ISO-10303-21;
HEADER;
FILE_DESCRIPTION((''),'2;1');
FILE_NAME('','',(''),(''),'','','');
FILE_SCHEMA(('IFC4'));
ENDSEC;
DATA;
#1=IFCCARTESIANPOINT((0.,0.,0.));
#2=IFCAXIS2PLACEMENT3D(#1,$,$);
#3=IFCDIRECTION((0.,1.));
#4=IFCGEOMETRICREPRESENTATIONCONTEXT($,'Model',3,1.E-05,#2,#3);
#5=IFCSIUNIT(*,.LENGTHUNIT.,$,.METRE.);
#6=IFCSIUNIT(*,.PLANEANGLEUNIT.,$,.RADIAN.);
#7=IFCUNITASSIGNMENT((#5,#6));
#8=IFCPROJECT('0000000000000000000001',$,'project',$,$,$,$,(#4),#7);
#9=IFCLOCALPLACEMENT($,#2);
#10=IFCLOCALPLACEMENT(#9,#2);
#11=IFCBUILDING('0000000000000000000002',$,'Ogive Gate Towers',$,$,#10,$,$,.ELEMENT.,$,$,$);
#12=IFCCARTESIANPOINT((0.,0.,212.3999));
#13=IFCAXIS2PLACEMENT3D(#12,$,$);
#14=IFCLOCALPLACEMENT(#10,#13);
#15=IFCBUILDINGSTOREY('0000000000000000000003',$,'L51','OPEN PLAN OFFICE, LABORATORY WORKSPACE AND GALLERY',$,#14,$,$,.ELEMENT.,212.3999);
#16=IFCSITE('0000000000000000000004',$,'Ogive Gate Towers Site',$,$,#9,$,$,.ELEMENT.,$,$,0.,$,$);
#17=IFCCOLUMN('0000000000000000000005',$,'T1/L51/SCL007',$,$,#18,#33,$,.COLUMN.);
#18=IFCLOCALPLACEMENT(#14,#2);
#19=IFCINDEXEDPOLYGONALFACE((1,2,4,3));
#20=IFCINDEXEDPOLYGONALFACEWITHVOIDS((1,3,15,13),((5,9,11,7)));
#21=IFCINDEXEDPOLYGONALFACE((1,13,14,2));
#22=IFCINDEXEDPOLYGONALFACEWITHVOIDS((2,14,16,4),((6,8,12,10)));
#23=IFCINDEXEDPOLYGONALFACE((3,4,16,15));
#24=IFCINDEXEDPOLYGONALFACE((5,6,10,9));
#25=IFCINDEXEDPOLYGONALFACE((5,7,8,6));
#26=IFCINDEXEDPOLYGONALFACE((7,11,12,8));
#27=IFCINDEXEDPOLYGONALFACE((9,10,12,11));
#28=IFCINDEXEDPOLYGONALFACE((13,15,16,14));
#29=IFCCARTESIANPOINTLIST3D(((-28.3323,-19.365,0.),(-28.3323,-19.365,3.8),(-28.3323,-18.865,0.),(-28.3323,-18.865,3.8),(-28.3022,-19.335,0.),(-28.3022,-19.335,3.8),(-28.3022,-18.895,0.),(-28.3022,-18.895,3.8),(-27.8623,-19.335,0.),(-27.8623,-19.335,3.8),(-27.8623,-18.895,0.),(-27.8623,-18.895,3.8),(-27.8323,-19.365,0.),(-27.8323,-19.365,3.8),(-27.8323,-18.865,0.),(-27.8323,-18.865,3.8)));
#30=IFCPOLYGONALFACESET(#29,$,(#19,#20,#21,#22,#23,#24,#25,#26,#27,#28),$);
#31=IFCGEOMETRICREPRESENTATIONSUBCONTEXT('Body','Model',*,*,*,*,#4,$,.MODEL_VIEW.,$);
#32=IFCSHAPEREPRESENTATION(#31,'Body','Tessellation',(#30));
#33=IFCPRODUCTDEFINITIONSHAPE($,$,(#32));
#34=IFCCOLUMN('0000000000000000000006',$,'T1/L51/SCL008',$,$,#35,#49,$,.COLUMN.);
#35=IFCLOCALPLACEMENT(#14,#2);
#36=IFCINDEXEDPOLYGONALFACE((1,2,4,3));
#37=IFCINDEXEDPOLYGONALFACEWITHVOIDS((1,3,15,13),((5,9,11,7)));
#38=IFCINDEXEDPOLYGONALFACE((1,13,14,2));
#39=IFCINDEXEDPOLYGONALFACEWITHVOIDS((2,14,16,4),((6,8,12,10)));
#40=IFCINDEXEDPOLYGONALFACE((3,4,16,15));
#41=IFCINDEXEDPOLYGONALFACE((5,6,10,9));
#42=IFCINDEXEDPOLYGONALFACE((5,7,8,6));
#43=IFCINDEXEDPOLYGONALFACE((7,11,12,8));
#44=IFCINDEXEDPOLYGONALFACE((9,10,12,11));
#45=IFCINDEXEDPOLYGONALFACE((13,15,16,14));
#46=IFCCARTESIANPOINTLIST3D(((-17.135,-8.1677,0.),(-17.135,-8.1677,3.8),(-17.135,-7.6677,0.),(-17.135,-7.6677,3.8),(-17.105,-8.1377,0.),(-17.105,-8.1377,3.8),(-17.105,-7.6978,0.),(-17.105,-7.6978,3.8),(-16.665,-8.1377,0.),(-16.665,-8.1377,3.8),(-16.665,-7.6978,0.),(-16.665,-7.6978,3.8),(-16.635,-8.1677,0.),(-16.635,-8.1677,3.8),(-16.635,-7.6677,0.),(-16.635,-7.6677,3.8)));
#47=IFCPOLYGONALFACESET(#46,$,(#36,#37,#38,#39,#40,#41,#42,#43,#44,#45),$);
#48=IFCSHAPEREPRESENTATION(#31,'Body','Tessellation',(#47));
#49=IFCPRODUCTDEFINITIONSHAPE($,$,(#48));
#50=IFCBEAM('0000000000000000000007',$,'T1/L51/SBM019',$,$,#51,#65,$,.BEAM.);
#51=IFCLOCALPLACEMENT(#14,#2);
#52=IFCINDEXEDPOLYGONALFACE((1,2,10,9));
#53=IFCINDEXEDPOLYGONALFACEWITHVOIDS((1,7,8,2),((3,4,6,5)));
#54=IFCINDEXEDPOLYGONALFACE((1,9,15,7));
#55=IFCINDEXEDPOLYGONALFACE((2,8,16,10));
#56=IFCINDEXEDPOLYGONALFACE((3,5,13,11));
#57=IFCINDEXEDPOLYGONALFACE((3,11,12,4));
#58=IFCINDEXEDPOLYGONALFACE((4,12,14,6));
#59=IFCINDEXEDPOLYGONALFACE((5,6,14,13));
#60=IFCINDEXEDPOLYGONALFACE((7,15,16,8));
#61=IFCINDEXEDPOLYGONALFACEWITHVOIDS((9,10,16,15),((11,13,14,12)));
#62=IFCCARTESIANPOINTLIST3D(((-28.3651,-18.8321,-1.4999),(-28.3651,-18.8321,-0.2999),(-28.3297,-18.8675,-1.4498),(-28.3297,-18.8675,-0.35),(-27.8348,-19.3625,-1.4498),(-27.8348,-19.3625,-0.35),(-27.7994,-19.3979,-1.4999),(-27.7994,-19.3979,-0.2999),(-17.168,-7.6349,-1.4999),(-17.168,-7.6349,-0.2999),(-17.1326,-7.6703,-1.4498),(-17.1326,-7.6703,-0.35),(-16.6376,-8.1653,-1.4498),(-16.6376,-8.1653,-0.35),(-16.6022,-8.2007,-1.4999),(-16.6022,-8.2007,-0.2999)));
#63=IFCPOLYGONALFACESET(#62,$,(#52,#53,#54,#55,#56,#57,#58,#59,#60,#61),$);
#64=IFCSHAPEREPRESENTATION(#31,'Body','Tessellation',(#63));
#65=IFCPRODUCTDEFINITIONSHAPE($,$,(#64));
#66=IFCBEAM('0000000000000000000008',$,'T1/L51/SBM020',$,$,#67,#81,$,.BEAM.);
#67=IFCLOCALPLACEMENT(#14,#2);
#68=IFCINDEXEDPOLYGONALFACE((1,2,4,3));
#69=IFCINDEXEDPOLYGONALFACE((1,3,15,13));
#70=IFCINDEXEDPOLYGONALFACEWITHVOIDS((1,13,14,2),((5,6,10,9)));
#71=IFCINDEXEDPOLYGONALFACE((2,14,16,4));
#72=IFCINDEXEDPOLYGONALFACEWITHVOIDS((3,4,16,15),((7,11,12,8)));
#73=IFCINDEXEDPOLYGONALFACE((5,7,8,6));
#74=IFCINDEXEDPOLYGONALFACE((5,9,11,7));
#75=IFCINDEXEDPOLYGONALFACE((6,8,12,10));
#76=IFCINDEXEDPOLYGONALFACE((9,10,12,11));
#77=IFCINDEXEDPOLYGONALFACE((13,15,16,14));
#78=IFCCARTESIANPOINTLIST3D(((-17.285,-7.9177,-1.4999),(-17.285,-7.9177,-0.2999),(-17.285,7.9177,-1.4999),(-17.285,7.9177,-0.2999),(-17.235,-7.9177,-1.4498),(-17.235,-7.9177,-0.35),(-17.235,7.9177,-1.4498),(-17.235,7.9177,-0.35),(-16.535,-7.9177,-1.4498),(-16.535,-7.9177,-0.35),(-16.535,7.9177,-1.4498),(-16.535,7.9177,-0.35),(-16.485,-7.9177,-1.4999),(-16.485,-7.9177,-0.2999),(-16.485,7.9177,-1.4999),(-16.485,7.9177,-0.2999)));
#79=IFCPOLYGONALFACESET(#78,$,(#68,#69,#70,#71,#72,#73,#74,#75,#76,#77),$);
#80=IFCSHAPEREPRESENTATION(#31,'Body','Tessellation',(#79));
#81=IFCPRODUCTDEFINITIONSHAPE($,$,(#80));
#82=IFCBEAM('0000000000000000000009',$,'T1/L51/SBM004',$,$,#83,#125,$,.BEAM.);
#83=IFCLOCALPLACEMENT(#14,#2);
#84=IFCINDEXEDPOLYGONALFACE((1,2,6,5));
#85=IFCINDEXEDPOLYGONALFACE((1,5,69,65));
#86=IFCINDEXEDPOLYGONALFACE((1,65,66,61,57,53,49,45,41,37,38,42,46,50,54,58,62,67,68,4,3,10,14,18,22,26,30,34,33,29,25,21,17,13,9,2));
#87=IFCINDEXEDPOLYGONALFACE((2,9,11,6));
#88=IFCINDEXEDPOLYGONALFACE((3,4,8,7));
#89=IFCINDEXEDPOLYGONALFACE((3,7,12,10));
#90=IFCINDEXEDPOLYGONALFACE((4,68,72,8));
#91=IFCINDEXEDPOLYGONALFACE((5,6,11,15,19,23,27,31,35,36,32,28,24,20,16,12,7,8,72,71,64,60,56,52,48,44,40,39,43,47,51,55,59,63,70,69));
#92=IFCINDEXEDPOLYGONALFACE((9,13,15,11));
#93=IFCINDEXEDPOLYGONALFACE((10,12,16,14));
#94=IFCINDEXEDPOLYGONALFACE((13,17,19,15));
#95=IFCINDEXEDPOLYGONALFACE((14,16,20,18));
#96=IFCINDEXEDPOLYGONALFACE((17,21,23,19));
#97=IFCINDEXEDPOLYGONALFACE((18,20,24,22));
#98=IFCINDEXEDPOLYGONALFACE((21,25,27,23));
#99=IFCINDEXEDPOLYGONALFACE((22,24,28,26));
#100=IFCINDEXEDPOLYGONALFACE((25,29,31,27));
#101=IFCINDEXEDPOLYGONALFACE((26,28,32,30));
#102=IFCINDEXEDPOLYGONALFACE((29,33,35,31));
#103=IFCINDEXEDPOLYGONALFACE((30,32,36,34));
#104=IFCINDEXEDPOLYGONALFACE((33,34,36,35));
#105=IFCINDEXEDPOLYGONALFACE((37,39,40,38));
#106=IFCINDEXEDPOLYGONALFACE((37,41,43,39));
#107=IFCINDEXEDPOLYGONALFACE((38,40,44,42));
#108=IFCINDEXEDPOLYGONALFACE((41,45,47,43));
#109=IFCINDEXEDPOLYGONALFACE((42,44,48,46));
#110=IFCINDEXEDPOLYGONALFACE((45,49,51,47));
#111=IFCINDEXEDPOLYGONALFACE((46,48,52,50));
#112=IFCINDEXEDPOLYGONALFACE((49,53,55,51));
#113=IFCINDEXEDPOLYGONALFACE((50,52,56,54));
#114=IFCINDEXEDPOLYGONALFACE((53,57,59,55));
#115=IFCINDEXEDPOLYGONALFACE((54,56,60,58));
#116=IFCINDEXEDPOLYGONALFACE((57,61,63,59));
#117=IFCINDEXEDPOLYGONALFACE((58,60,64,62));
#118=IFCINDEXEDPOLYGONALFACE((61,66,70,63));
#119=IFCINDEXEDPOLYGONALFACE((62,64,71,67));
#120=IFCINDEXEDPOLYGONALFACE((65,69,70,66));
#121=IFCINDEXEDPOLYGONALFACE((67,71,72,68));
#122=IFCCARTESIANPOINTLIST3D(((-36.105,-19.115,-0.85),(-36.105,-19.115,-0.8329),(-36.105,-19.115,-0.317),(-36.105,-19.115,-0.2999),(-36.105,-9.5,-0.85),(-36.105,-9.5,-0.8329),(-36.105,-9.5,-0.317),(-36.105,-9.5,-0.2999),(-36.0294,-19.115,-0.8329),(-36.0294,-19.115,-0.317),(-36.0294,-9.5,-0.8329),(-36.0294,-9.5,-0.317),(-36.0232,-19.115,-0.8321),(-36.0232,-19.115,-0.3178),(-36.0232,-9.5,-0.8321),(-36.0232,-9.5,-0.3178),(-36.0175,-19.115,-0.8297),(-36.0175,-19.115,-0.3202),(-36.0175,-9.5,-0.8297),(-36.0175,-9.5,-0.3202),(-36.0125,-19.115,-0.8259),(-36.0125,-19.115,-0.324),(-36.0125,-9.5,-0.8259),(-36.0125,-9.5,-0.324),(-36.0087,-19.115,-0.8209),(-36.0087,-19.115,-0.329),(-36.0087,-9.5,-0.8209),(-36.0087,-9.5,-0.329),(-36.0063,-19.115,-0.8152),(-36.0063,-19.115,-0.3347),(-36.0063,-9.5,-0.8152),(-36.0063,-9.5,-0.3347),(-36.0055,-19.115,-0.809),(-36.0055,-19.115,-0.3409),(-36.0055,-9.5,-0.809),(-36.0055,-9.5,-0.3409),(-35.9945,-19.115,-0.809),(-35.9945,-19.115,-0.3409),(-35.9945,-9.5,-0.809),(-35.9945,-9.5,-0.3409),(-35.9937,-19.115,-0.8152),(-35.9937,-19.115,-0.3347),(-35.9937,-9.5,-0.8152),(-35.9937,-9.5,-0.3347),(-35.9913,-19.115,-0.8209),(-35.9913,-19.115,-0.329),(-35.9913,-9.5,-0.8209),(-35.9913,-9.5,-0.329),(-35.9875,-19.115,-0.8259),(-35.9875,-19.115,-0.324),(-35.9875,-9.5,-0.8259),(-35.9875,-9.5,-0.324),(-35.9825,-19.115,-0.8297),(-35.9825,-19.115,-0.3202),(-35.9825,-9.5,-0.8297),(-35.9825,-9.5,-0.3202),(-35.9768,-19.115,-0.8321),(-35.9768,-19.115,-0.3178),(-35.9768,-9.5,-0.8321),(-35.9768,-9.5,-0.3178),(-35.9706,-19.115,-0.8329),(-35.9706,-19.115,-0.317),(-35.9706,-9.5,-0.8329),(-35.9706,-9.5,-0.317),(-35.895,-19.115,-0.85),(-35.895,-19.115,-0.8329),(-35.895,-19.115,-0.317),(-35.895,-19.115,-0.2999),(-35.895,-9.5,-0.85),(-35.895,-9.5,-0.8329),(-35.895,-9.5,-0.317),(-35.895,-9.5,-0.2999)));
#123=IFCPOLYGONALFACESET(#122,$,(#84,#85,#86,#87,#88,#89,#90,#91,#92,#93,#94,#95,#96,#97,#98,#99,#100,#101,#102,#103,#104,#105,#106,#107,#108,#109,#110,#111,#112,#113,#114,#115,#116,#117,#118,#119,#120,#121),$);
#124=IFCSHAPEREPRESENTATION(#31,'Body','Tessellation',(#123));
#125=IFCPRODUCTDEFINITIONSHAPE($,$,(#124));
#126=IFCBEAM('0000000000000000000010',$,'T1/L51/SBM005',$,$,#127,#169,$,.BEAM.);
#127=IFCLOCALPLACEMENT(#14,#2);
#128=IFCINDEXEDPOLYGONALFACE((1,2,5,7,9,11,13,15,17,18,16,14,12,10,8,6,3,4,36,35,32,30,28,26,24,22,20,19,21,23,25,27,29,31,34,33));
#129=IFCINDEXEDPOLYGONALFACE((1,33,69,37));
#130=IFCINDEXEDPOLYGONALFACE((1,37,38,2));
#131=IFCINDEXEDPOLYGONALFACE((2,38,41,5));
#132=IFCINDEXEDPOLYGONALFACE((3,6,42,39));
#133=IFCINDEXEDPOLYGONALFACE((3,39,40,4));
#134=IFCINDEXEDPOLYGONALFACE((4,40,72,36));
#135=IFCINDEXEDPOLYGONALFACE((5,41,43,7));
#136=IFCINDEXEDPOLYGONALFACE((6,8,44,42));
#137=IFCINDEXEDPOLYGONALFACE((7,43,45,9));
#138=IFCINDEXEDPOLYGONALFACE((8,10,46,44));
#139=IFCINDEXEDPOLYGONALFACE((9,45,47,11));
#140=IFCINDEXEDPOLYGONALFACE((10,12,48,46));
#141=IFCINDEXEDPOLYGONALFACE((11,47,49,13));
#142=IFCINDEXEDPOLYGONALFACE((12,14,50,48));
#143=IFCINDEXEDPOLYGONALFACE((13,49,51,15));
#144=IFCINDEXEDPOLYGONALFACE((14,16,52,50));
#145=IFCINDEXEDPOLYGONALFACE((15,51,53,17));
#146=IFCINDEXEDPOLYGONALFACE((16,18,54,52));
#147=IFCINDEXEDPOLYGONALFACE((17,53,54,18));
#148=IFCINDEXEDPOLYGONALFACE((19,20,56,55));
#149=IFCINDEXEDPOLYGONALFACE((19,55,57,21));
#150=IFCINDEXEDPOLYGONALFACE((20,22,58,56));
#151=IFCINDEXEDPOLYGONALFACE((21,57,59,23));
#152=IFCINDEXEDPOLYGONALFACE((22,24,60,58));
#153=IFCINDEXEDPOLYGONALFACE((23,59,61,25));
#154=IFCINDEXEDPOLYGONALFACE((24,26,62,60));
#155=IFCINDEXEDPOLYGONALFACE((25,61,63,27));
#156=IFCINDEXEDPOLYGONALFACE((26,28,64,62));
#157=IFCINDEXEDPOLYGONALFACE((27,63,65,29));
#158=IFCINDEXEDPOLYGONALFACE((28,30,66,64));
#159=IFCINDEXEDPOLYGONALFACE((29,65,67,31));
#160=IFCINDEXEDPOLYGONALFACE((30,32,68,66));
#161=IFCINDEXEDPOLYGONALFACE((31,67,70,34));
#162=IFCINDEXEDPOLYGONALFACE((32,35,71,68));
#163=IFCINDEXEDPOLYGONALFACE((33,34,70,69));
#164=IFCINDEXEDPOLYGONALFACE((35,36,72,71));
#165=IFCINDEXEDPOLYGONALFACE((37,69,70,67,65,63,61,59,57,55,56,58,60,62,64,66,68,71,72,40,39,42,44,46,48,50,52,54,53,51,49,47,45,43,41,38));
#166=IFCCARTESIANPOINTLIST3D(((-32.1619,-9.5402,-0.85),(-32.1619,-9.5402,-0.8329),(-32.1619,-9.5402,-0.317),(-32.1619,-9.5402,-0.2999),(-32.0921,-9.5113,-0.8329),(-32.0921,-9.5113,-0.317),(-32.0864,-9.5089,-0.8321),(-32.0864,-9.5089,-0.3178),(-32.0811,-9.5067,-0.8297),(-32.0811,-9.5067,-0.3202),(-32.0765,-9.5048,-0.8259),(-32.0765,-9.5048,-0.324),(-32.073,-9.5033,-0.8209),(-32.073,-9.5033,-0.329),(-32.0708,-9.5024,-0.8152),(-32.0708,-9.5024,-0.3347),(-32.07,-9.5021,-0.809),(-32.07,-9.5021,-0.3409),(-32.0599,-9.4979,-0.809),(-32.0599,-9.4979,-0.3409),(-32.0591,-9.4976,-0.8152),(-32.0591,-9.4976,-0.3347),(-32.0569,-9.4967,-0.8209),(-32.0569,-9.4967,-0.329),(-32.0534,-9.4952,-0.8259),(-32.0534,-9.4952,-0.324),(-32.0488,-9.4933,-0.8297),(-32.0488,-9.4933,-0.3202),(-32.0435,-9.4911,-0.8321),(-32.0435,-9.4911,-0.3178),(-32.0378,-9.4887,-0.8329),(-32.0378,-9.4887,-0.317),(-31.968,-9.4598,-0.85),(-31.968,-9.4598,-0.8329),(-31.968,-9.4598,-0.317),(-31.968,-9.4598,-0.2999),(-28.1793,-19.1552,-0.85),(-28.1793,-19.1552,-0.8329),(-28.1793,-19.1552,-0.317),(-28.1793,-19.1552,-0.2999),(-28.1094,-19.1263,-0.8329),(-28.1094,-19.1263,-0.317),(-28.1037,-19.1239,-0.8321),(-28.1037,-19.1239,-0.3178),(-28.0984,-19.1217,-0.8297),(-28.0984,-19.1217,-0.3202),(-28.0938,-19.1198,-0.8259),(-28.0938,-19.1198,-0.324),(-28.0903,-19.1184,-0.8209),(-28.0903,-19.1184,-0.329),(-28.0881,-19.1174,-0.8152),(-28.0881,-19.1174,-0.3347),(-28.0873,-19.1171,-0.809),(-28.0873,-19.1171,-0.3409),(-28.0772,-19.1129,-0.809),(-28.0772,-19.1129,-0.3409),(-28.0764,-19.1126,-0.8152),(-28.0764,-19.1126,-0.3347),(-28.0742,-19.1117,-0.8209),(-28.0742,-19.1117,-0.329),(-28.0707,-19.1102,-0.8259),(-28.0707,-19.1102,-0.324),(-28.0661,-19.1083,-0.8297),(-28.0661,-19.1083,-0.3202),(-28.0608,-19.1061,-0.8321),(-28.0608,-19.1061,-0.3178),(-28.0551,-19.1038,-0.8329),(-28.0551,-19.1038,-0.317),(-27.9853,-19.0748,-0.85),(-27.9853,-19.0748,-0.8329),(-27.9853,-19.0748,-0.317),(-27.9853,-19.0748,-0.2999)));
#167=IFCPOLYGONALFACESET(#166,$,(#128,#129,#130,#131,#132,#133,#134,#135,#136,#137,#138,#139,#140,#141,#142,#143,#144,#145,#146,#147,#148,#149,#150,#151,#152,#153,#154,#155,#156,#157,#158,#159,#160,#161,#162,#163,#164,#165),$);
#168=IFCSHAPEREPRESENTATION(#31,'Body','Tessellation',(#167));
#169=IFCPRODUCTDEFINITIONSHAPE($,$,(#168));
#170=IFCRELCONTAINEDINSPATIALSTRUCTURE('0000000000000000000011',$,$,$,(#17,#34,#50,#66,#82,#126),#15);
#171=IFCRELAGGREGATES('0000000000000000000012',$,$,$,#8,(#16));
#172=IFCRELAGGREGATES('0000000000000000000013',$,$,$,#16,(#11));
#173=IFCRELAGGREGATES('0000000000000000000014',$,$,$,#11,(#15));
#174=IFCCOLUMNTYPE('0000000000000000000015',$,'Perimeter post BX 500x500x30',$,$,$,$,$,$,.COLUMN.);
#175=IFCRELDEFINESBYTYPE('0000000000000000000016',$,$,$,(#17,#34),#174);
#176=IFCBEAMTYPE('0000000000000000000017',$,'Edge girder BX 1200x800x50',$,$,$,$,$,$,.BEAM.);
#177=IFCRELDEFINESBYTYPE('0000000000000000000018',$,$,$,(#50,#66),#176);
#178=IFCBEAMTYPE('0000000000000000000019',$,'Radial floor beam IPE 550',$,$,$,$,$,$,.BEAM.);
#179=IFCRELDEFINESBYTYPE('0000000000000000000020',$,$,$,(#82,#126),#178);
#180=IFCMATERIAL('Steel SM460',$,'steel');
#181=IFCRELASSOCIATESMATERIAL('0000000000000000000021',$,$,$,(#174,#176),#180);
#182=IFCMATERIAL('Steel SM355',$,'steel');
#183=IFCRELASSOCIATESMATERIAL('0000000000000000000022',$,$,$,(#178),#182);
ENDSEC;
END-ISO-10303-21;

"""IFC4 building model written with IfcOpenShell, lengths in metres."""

from ifc_helpers import new_model, si_unit, direction, frame, origin, origin_2d, place, context, subcontext, project, spatial, hollow_rectangle, i_section, extrude, material, material_profile, profile_set, type_object, element, save


model = new_model("IFC4")

# Units and contexts
model_context = context("Model", 3, precision=1e-05, world=origin(), true_north=direction((0.0, 1.0)))
body_context = subcontext(model_context, "Body", "Model", "MODEL_VIEW")
ifc_project = project(units=[si_unit("LENGTHUNIT", "METRE"), si_unit("PLANEANGLEUNIT", "RADIAN")], contexts=[model_context])

# Site, building, storey
site_placement = place(None, origin())
site = spatial("IfcSite", under=ifc_project, at=site_placement, Name="Ogive Gate Towers Site", CompositionType="ELEMENT", RefElevation=0.0)
building_placement = place(site_placement, origin())
building = spatial("IfcBuilding", under=site, at=building_placement, Name="Ogive Gate Towers", CompositionType="ELEMENT")
storey_placement = place(building_placement, frame((0.0, 0.0, 212.3999)))
storey = spatial("IfcBuildingStorey", under=building, at=storey_placement, Name="L51", Description="OPEN PLAN OFFICE, LABORATORY WORKSPACE AND GALLERY", CompositionType="ELEMENT", Elevation=212.3999)

# Columns
ifc_material_1 = material(Name="Steel SM460", Category="steel")
ifc_material_profile_1 = material_profile(ifc_material_1, hollow_rectangle(XDim=0.5, YDim=0.5, WallThickness=0.03, at=origin_2d()), Name="BX 500x500x30")
ifc_profile_set_1 = profile_set([ifc_material_profile_1], Name="Steel SM460")
column_type = type_object("IfcColumnType", Name="Perimeter post BX 500x500x30", PredefinedType="COLUMN", material=ifc_profile_set_1)
for number, where, z_axis, x_axis, name in (
    (1, (-28.0823, -19.115, 0.0), (0.0, 0.0, 1.0), (1.0, 0.0, 0.0), "T1/L51/SCL007"),
    (2, (-16.885, -7.9177, 0.0), (0.0, 0.0, 1.0), (1.0, 0.0, 0.0), "T1/L51/SCL008"),
):
    element("IfcColumn", number, at=place(storey_placement, frame(where, z_axis=z_axis, x_axis=x_axis)), inside=storey, type_object=column_type, Name=name, PredefinedType="COLUMN", context=body_context, shape_type="SweptSolid", body=[
        extrude(hollow_rectangle(XDim=0.5, YDim=0.5, WallThickness=0.03, at=origin_2d()), origin(), (0.0, 0.0, 1.0), 3.8),
    ])

# Beams
ifc_material_profile_2 = material_profile(ifc_material_1, hollow_rectangle(XDim=0.8, YDim=1.2, WallThickness=0.05, at=origin_2d()), Name="BX 1200x800x50")
ifc_profile_set_2 = profile_set([ifc_material_profile_2], Name="Steel SM460")
beam_type_1 = type_object("IfcBeamType", Name="Edge girder BX 1200x800x50", PredefinedType="BEAM", material=ifc_profile_set_2)
beam_1_placement = place(storey_placement, frame((-28.0823, -19.115, -0.8999), z_axis=(0.707107, 0.707107, 0.0), x_axis=(-0.707107, 0.707107, 0.0)))
element("IfcBeam", 3, at=beam_1_placement, inside=storey, type_object=beam_type_1, Name="T1/L51/SBM019", PredefinedType="BEAM", context=body_context, shape_type="SweptSolid", body=[
    extrude(hollow_rectangle(XDim=0.8, YDim=1.2, WallThickness=0.05, at=origin_2d()), origin(), (0.0, 0.0, 1.0), 15.8352),
])
beam_2_placement = place(storey_placement, frame((-16.885, -7.9177, -0.8999), z_axis=(0.0, 1.0, 0.0), x_axis=(-1.0, 0.0, 0.0)))
element("IfcBeam", 4, at=beam_2_placement, inside=storey, type_object=beam_type_1, Name="T1/L51/SBM020", PredefinedType="BEAM", context=body_context, shape_type="SweptSolid", body=[
    extrude(hollow_rectangle(XDim=0.8, YDim=1.2, WallThickness=0.05, at=origin_2d()), origin(), (0.0, 0.0, 1.0), 15.8354),
])
ifc_material_2 = material(Name="Steel SM355", Category="steel")
ifc_material_profile_3 = material_profile(ifc_material_2, i_section(OverallWidth=0.21, OverallDepth=0.55, WebThickness=0.011, FlangeThickness=0.0171, FilletRadius=0.0239, at=origin_2d()), Name="IPE 550")
ifc_profile_set_3 = profile_set([ifc_material_profile_3], Name="Steel SM355")
beam_type_2 = type_object("IfcBeamType", Name="Radial floor beam IPE 550", PredefinedType="BEAM", material=ifc_profile_set_3)
beam_3_placement = place(storey_placement, frame((-36.0, -9.5, -0.575), z_axis=(0.0, -1.0, 0.0), x_axis=(1.0, 0.0, 0.0)))
element("IfcBeam", 5, at=beam_3_placement, inside=storey, type_object=beam_type_2, Name="T1/L51/SBM004", PredefinedType="BEAM", context=body_context, shape_type="SweptSolid", body=[
    extrude(i_section(OverallWidth=0.21, OverallDepth=0.55, WebThickness=0.011, FlangeThickness=0.0171, FilletRadius=0.0239, at=origin_2d()), origin(), (0.0, 0.0, 1.0), 9.615),
])
beam_4_placement = place(storey_placement, frame((-32.0649, -9.5, -0.575), z_axis=(0.382684, -0.923879, 0.0), x_axis=(0.923879, 0.382684, 0.0)))
element("IfcBeam", 6, at=beam_4_placement, inside=storey, type_object=beam_type_2, Name="T1/L51/SBM005", PredefinedType="BEAM", context=body_context, shape_type="SweptSolid", body=[
    extrude(i_section(OverallWidth=0.21, OverallDepth=0.55, WebThickness=0.011, FlangeThickness=0.0171, FilletRadius=0.0239, at=origin_2d()), origin(), (0.0, 0.0, 1.0), 10.4072),
])

save(model, "model.ifc")
